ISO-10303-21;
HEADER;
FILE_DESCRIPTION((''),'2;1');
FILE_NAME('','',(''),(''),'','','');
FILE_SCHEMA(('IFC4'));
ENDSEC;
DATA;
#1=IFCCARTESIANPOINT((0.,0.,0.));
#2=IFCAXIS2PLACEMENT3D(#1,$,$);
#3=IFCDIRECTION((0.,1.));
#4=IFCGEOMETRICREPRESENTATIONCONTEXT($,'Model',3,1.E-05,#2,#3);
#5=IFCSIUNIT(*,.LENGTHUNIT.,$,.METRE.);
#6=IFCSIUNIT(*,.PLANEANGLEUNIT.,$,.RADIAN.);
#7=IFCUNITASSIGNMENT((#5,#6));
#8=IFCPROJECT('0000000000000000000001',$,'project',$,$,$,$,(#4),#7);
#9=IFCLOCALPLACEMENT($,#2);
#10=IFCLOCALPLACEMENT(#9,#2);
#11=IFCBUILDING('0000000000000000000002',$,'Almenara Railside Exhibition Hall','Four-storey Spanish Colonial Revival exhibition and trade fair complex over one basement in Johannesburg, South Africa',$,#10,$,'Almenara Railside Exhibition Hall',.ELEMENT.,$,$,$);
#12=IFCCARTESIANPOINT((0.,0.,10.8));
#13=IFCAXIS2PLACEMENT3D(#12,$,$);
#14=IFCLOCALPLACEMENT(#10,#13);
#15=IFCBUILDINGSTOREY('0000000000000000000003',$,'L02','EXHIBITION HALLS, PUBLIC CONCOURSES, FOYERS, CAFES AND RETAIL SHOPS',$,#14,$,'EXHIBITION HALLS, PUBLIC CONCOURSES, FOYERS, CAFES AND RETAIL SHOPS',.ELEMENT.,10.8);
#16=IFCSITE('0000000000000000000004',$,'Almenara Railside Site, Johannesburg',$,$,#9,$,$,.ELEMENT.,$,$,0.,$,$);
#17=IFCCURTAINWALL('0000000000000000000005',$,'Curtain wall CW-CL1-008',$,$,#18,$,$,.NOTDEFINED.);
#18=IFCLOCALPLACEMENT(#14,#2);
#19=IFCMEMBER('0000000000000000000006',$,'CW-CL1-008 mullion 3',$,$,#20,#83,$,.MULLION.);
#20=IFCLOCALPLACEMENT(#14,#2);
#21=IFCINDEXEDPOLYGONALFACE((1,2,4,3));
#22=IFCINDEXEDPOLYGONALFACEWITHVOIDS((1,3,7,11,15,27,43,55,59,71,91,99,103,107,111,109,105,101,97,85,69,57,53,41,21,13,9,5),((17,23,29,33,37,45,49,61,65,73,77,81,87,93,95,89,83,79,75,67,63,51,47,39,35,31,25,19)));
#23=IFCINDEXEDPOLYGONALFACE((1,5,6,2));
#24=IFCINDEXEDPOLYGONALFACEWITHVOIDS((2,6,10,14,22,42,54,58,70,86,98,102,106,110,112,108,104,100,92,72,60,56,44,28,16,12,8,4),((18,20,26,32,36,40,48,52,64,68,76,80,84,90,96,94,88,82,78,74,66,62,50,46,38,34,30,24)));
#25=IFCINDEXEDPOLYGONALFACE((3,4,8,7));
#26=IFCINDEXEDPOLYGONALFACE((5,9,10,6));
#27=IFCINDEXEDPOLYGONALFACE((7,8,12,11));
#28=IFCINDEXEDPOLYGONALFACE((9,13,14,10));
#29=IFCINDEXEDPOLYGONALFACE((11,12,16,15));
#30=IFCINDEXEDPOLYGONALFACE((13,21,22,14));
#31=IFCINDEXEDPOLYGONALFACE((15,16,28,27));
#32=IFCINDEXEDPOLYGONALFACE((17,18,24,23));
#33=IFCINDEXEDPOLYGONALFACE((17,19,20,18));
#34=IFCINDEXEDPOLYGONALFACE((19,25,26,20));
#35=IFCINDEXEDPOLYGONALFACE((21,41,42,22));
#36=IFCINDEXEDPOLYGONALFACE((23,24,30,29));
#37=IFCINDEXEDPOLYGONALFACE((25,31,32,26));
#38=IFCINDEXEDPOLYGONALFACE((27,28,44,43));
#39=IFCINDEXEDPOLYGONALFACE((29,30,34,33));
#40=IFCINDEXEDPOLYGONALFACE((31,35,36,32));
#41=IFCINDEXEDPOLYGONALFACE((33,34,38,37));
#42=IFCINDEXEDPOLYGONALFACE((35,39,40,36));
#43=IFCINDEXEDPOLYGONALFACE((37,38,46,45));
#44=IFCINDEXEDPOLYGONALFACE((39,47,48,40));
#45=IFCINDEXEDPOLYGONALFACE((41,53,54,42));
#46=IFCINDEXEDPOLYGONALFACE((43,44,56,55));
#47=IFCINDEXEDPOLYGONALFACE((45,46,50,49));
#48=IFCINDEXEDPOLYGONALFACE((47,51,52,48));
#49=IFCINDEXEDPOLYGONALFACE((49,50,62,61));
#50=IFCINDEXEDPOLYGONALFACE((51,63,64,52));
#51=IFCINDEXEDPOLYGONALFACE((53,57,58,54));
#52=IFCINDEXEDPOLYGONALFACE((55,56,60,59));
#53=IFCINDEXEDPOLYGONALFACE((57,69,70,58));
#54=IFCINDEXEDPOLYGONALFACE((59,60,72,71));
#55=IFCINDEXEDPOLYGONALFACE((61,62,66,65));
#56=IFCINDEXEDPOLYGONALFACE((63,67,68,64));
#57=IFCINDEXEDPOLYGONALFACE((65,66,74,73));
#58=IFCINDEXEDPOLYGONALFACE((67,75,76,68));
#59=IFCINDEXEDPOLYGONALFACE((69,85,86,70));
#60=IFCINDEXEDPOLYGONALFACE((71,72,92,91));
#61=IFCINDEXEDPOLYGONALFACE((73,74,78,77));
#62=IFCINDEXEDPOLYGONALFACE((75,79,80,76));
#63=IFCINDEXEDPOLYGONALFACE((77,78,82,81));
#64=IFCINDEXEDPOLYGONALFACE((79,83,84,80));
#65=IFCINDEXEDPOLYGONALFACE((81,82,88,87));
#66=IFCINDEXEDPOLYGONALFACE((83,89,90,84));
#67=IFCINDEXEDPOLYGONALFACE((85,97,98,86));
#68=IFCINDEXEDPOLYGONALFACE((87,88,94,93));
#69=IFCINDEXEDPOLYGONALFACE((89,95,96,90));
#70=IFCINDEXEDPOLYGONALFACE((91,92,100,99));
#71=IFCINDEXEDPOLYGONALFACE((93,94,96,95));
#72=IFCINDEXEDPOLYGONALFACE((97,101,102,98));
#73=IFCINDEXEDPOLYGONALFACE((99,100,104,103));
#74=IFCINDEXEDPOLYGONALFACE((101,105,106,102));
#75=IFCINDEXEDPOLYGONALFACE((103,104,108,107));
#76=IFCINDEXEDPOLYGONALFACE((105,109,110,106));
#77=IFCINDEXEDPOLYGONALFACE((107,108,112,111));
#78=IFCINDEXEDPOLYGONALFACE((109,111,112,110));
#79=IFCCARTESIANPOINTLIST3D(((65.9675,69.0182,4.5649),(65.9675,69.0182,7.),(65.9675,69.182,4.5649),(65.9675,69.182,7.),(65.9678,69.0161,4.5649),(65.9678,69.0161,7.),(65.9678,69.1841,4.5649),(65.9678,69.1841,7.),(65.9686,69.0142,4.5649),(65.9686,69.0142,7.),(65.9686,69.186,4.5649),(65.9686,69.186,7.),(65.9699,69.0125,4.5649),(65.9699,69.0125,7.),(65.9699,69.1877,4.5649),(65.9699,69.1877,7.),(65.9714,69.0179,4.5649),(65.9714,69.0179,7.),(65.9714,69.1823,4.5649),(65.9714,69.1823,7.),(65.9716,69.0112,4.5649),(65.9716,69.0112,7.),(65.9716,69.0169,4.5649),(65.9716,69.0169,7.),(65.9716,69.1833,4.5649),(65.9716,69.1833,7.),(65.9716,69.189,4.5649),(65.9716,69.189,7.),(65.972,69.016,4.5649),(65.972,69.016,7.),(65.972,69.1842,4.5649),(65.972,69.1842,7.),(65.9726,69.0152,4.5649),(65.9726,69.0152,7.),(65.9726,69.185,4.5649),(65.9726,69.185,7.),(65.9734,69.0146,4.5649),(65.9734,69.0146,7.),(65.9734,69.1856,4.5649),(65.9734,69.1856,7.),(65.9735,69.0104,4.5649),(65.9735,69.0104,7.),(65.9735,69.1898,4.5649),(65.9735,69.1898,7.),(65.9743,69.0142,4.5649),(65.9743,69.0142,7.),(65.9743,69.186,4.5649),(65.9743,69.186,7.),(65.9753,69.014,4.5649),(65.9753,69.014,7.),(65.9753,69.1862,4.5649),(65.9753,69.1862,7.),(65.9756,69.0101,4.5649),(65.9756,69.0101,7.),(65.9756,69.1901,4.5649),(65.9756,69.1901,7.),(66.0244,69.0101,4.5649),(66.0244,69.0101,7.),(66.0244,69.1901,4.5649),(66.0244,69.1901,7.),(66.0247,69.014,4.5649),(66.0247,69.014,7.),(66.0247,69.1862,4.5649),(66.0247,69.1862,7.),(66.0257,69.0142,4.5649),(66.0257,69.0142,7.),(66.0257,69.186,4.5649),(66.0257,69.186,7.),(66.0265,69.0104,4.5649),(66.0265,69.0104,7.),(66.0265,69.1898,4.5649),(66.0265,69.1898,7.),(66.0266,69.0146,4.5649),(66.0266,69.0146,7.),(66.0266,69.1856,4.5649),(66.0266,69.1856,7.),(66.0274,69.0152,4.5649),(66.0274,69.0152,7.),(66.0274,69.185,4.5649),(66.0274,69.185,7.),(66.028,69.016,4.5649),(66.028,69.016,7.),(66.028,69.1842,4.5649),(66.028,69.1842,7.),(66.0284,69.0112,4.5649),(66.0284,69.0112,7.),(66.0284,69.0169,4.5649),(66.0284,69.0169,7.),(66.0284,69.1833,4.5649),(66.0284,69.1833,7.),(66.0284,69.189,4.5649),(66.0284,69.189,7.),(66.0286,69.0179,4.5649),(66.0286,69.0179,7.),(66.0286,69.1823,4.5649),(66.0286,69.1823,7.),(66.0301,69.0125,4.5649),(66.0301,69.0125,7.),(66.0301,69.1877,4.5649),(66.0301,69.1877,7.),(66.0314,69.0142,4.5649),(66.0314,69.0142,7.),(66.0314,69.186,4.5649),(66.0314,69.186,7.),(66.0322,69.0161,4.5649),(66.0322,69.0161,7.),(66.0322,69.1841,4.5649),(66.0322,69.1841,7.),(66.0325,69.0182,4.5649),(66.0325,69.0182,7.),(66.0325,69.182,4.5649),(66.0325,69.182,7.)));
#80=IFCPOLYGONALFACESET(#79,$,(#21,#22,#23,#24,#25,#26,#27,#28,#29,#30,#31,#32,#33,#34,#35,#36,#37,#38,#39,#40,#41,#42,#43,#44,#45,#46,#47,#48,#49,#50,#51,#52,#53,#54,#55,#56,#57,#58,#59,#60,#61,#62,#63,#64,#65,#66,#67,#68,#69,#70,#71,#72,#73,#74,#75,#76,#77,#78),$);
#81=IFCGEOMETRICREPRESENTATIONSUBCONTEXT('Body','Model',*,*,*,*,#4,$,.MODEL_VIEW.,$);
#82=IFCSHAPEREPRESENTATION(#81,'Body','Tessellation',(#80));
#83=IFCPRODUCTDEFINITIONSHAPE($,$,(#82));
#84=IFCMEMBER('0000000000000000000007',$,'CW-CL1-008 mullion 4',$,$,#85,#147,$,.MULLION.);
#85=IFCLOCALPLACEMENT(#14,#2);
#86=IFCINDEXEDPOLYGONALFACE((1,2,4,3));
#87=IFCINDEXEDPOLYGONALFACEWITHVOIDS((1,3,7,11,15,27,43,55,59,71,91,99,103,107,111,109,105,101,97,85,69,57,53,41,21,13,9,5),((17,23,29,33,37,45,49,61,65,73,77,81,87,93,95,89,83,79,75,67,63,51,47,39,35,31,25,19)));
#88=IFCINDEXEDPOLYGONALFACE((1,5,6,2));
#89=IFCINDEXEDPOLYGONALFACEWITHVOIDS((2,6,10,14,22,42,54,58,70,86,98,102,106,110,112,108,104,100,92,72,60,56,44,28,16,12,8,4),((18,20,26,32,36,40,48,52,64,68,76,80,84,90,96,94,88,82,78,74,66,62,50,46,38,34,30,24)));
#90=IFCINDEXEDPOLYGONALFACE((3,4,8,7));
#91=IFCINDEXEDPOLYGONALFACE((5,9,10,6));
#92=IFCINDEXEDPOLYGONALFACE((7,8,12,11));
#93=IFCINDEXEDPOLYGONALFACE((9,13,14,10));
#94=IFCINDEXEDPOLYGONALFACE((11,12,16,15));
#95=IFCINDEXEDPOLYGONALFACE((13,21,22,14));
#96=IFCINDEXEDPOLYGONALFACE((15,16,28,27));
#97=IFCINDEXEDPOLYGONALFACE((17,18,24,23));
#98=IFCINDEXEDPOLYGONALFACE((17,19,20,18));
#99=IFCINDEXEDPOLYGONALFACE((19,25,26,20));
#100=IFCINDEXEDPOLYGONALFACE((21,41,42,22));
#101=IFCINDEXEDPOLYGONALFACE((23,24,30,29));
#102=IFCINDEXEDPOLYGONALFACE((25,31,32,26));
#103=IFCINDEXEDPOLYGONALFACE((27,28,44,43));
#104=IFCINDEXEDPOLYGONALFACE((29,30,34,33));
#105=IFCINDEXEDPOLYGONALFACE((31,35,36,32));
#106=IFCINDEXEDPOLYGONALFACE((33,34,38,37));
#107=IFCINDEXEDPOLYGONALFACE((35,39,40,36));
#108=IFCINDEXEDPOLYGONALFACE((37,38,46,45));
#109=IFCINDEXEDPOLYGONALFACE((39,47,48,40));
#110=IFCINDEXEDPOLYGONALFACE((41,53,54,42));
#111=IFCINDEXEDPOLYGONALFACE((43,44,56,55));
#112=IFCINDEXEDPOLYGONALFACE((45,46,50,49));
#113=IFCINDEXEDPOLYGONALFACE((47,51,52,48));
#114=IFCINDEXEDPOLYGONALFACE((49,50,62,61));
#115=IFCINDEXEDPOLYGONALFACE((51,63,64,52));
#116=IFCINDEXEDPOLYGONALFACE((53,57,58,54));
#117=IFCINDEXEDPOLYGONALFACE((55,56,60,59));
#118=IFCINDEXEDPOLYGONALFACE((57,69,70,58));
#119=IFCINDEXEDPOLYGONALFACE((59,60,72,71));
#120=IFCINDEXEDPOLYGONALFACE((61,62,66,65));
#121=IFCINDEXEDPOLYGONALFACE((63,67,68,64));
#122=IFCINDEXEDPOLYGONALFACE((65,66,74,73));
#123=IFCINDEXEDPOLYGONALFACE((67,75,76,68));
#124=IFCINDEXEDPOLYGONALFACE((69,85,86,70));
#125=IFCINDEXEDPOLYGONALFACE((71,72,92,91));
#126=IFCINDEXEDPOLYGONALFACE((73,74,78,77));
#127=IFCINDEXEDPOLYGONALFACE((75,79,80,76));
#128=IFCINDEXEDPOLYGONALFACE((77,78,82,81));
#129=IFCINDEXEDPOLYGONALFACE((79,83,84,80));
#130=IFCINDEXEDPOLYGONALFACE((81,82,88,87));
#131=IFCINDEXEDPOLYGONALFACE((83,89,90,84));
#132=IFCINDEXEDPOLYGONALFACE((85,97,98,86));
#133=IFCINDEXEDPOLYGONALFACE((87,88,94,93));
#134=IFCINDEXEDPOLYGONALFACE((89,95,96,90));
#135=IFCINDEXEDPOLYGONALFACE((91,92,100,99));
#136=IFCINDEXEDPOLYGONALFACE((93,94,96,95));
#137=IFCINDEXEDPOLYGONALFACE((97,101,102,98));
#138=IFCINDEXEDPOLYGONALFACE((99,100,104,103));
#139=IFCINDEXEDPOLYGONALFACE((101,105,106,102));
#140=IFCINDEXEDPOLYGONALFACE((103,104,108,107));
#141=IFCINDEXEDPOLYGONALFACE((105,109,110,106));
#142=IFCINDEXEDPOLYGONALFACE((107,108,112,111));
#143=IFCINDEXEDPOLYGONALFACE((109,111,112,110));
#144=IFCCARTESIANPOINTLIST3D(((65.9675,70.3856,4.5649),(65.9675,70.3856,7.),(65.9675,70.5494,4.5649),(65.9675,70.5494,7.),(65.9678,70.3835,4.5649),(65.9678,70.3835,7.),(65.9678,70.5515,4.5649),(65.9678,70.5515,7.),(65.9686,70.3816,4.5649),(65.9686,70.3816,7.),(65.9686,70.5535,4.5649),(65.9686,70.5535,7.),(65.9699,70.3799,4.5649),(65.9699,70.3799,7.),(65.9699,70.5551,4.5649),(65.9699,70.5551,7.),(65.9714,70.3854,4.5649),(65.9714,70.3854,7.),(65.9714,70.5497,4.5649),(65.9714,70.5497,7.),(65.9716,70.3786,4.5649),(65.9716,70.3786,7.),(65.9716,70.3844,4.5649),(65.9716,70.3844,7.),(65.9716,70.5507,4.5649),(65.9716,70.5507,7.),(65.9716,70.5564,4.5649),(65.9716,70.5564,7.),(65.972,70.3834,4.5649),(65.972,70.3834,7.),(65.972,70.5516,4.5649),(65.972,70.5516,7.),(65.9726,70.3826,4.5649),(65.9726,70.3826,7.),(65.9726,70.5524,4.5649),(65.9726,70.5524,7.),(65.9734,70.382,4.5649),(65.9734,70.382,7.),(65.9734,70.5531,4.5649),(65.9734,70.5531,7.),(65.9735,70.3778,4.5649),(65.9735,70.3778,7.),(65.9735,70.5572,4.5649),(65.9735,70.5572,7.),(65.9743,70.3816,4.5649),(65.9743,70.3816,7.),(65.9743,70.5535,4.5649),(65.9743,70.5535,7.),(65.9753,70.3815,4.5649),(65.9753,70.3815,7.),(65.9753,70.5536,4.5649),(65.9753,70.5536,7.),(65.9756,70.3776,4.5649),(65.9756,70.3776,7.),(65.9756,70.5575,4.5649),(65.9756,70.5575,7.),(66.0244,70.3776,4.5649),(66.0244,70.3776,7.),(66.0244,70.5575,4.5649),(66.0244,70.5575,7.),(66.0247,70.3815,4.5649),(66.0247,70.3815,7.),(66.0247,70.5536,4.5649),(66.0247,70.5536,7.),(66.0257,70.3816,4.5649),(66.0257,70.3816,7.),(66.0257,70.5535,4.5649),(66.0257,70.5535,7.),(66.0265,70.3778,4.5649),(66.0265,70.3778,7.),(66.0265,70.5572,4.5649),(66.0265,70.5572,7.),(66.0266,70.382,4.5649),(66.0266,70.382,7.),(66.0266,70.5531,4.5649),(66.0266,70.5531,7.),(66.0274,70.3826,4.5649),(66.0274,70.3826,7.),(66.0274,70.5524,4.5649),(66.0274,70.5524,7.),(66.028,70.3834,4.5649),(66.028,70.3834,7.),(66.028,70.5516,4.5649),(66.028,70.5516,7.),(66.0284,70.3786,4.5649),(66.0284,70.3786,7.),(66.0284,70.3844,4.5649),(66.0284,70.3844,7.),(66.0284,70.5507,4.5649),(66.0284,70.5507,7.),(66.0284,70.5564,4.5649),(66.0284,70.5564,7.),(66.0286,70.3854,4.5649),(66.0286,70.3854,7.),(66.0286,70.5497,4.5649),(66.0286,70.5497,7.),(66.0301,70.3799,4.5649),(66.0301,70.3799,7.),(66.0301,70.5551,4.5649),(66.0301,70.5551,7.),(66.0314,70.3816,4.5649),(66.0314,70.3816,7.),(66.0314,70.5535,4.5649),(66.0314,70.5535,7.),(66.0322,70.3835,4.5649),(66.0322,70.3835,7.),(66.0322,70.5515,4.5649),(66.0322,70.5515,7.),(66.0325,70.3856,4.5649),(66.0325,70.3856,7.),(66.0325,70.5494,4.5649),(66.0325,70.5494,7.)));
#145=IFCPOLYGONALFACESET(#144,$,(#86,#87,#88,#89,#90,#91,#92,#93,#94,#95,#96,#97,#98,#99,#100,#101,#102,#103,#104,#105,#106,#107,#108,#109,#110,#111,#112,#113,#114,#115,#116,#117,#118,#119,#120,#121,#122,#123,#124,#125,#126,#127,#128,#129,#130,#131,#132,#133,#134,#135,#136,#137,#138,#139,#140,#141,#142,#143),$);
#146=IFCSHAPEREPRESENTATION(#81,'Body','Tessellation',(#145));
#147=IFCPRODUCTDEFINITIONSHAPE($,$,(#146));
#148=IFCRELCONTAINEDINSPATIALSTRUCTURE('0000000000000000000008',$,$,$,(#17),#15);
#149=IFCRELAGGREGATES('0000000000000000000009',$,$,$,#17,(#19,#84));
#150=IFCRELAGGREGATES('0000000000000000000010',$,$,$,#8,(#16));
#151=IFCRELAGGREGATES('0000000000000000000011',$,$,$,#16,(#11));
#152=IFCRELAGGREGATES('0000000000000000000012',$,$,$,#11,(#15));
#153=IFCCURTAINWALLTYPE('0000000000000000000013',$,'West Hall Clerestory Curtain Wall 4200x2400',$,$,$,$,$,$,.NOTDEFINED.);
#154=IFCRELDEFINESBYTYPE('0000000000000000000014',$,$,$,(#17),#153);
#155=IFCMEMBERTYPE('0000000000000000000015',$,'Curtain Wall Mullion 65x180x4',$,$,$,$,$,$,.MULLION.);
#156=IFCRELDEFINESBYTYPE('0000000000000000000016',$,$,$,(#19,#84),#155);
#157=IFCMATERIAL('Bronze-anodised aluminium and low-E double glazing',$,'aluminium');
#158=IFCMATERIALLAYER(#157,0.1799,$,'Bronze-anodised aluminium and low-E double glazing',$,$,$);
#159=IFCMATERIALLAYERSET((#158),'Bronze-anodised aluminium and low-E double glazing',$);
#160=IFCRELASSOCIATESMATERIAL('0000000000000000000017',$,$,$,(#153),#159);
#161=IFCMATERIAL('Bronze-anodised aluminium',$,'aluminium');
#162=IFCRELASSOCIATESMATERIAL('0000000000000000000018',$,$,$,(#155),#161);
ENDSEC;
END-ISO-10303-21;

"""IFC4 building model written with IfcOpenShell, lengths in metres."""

from ifc_helpers import new_model, si_unit, direction, frame, origin, origin_2d, place, context, subcontext, project, spatial, hollow_rectangle, extrude, material, layer, layer_set, material_profile, profile_set, type_object, element, aggregate, save


model = new_model("IFC4")

# Units and contexts
model_context = context("Model", 3, precision=1e-05, world=origin(), true_north=direction((0.0, 1.0)))
body_context = subcontext(model_context, "Body", "Model", "MODEL_VIEW")
ifc_project = project(units=[si_unit("LENGTHUNIT", "METRE"), si_unit("PLANEANGLEUNIT", "RADIAN")], contexts=[model_context])

# Site, building, storey
site_placement = place(None, origin())
site = spatial("IfcSite", under=ifc_project, at=site_placement, Name="Almenara Railside Site, Johannesburg", CompositionType="ELEMENT", RefElevation=0.0)
building_placement = place(site_placement, origin())
building = spatial("IfcBuilding", under=site, at=building_placement, Name="Almenara Railside Exhibition Hall", Description="Four-storey Spanish Colonial Revival exhibition and trade fair complex over one basement in Johannesburg, South Africa", LongName="Almenara Railside Exhibition Hall", CompositionType="ELEMENT")
storey_placement = place(building_placement, frame((0.0, 0.0, 10.8)))
storey = spatial("IfcBuildingStorey", under=building, at=storey_placement, Name="L02", Description="EXHIBITION HALLS, PUBLIC CONCOURSES, FOYERS, CAFES AND RETAIL SHOPS", LongName="EXHIBITION HALLS, PUBLIC CONCOURSES, FOYERS, CAFES AND RETAIL SHOPS", CompositionType="ELEMENT", Elevation=10.8)

# Curtain wall, members
ifc_material_1 = material(Name="Bronze-anodised aluminium and low-E double glazing", Category="aluminium")
ifc_layer_1 = layer(ifc_material_1, 0.1799, Name="Bronze-anodised aluminium and low-E double glazing")
ifc_layer_set_1 = layer_set([ifc_layer_1], Name="Bronze-anodised aluminium and low-E double glazing")
curtain_wall_type_1 = type_object("IfcCurtainWallType", Name="West Hall Clerestory Curtain Wall 4200x2400", PredefinedType="NOTDEFINED", material=ifc_layer_set_1)
curtain_wall_1_placement = place(storey_placement, origin())
curtain_wall_1 = element("IfcCurtainWall", 1, at=curtain_wall_1_placement, inside=storey, type_object=curtain_wall_type_1, Name="Curtain wall CW-CL1-008", PredefinedType="NOTDEFINED")
ifc_material_2 = material(Name="Bronze-anodised aluminium", Category="aluminium")
ifc_material_profile_1 = material_profile(ifc_material_2, hollow_rectangle(XDim=0.0649, YDim=0.1799, WallThickness=0.0039, InnerFilletRadius=0.0039, OuterFilletRadius=0.0081, at=origin_2d()), Name="ALU-MUL 65x180x4")
ifc_profile_set_1 = profile_set([ifc_material_profile_1], Name="Bronze-anodised aluminium")
member_type_1 = type_object("IfcMemberType", Name="Curtain Wall Mullion 65x180x4", PredefinedType="MULLION", material=ifc_profile_set_1)
member_1_placement = place(storey_placement, frame((66.0, 69.1001, 4.5649), z_axis=(0.0, 0.0, 1.0), x_axis=(-1.0, 0.0, 0.0)))
member_1 = element("IfcMember", 2, at=member_1_placement, type_object=member_type_1, Name="CW-CL1-008 mullion 3", PredefinedType="MULLION", context=body_context, shape_type="SweptSolid", body=[
    extrude(hollow_rectangle(XDim=0.0649, YDim=0.1799, WallThickness=0.0039, InnerFilletRadius=0.0039, OuterFilletRadius=0.0081, at=origin_2d()), origin(), (0.0, 0.0, 1.0), 2.4351),
])
member_2_placement = place(storey_placement, frame((66.0, 70.4675, 4.5649), z_axis=(0.0, 0.0, 1.0), x_axis=(-1.0, 0.0, 0.0)))
member_2 = element("IfcMember", 3, at=member_2_placement, type_object=member_type_1, Name="CW-CL1-008 mullion 4", PredefinedType="MULLION", context=body_context, shape_type="SweptSolid", body=[
    extrude(hollow_rectangle(XDim=0.0649, YDim=0.1799, WallThickness=0.0039, InnerFilletRadius=0.0039, OuterFilletRadius=0.0081, at=origin_2d()), origin(), (0.0, 0.0, 1.0), 2.4351),
])

aggregate(curtain_wall_1, [member_1, member_2])

save(model, "model.ifc")
